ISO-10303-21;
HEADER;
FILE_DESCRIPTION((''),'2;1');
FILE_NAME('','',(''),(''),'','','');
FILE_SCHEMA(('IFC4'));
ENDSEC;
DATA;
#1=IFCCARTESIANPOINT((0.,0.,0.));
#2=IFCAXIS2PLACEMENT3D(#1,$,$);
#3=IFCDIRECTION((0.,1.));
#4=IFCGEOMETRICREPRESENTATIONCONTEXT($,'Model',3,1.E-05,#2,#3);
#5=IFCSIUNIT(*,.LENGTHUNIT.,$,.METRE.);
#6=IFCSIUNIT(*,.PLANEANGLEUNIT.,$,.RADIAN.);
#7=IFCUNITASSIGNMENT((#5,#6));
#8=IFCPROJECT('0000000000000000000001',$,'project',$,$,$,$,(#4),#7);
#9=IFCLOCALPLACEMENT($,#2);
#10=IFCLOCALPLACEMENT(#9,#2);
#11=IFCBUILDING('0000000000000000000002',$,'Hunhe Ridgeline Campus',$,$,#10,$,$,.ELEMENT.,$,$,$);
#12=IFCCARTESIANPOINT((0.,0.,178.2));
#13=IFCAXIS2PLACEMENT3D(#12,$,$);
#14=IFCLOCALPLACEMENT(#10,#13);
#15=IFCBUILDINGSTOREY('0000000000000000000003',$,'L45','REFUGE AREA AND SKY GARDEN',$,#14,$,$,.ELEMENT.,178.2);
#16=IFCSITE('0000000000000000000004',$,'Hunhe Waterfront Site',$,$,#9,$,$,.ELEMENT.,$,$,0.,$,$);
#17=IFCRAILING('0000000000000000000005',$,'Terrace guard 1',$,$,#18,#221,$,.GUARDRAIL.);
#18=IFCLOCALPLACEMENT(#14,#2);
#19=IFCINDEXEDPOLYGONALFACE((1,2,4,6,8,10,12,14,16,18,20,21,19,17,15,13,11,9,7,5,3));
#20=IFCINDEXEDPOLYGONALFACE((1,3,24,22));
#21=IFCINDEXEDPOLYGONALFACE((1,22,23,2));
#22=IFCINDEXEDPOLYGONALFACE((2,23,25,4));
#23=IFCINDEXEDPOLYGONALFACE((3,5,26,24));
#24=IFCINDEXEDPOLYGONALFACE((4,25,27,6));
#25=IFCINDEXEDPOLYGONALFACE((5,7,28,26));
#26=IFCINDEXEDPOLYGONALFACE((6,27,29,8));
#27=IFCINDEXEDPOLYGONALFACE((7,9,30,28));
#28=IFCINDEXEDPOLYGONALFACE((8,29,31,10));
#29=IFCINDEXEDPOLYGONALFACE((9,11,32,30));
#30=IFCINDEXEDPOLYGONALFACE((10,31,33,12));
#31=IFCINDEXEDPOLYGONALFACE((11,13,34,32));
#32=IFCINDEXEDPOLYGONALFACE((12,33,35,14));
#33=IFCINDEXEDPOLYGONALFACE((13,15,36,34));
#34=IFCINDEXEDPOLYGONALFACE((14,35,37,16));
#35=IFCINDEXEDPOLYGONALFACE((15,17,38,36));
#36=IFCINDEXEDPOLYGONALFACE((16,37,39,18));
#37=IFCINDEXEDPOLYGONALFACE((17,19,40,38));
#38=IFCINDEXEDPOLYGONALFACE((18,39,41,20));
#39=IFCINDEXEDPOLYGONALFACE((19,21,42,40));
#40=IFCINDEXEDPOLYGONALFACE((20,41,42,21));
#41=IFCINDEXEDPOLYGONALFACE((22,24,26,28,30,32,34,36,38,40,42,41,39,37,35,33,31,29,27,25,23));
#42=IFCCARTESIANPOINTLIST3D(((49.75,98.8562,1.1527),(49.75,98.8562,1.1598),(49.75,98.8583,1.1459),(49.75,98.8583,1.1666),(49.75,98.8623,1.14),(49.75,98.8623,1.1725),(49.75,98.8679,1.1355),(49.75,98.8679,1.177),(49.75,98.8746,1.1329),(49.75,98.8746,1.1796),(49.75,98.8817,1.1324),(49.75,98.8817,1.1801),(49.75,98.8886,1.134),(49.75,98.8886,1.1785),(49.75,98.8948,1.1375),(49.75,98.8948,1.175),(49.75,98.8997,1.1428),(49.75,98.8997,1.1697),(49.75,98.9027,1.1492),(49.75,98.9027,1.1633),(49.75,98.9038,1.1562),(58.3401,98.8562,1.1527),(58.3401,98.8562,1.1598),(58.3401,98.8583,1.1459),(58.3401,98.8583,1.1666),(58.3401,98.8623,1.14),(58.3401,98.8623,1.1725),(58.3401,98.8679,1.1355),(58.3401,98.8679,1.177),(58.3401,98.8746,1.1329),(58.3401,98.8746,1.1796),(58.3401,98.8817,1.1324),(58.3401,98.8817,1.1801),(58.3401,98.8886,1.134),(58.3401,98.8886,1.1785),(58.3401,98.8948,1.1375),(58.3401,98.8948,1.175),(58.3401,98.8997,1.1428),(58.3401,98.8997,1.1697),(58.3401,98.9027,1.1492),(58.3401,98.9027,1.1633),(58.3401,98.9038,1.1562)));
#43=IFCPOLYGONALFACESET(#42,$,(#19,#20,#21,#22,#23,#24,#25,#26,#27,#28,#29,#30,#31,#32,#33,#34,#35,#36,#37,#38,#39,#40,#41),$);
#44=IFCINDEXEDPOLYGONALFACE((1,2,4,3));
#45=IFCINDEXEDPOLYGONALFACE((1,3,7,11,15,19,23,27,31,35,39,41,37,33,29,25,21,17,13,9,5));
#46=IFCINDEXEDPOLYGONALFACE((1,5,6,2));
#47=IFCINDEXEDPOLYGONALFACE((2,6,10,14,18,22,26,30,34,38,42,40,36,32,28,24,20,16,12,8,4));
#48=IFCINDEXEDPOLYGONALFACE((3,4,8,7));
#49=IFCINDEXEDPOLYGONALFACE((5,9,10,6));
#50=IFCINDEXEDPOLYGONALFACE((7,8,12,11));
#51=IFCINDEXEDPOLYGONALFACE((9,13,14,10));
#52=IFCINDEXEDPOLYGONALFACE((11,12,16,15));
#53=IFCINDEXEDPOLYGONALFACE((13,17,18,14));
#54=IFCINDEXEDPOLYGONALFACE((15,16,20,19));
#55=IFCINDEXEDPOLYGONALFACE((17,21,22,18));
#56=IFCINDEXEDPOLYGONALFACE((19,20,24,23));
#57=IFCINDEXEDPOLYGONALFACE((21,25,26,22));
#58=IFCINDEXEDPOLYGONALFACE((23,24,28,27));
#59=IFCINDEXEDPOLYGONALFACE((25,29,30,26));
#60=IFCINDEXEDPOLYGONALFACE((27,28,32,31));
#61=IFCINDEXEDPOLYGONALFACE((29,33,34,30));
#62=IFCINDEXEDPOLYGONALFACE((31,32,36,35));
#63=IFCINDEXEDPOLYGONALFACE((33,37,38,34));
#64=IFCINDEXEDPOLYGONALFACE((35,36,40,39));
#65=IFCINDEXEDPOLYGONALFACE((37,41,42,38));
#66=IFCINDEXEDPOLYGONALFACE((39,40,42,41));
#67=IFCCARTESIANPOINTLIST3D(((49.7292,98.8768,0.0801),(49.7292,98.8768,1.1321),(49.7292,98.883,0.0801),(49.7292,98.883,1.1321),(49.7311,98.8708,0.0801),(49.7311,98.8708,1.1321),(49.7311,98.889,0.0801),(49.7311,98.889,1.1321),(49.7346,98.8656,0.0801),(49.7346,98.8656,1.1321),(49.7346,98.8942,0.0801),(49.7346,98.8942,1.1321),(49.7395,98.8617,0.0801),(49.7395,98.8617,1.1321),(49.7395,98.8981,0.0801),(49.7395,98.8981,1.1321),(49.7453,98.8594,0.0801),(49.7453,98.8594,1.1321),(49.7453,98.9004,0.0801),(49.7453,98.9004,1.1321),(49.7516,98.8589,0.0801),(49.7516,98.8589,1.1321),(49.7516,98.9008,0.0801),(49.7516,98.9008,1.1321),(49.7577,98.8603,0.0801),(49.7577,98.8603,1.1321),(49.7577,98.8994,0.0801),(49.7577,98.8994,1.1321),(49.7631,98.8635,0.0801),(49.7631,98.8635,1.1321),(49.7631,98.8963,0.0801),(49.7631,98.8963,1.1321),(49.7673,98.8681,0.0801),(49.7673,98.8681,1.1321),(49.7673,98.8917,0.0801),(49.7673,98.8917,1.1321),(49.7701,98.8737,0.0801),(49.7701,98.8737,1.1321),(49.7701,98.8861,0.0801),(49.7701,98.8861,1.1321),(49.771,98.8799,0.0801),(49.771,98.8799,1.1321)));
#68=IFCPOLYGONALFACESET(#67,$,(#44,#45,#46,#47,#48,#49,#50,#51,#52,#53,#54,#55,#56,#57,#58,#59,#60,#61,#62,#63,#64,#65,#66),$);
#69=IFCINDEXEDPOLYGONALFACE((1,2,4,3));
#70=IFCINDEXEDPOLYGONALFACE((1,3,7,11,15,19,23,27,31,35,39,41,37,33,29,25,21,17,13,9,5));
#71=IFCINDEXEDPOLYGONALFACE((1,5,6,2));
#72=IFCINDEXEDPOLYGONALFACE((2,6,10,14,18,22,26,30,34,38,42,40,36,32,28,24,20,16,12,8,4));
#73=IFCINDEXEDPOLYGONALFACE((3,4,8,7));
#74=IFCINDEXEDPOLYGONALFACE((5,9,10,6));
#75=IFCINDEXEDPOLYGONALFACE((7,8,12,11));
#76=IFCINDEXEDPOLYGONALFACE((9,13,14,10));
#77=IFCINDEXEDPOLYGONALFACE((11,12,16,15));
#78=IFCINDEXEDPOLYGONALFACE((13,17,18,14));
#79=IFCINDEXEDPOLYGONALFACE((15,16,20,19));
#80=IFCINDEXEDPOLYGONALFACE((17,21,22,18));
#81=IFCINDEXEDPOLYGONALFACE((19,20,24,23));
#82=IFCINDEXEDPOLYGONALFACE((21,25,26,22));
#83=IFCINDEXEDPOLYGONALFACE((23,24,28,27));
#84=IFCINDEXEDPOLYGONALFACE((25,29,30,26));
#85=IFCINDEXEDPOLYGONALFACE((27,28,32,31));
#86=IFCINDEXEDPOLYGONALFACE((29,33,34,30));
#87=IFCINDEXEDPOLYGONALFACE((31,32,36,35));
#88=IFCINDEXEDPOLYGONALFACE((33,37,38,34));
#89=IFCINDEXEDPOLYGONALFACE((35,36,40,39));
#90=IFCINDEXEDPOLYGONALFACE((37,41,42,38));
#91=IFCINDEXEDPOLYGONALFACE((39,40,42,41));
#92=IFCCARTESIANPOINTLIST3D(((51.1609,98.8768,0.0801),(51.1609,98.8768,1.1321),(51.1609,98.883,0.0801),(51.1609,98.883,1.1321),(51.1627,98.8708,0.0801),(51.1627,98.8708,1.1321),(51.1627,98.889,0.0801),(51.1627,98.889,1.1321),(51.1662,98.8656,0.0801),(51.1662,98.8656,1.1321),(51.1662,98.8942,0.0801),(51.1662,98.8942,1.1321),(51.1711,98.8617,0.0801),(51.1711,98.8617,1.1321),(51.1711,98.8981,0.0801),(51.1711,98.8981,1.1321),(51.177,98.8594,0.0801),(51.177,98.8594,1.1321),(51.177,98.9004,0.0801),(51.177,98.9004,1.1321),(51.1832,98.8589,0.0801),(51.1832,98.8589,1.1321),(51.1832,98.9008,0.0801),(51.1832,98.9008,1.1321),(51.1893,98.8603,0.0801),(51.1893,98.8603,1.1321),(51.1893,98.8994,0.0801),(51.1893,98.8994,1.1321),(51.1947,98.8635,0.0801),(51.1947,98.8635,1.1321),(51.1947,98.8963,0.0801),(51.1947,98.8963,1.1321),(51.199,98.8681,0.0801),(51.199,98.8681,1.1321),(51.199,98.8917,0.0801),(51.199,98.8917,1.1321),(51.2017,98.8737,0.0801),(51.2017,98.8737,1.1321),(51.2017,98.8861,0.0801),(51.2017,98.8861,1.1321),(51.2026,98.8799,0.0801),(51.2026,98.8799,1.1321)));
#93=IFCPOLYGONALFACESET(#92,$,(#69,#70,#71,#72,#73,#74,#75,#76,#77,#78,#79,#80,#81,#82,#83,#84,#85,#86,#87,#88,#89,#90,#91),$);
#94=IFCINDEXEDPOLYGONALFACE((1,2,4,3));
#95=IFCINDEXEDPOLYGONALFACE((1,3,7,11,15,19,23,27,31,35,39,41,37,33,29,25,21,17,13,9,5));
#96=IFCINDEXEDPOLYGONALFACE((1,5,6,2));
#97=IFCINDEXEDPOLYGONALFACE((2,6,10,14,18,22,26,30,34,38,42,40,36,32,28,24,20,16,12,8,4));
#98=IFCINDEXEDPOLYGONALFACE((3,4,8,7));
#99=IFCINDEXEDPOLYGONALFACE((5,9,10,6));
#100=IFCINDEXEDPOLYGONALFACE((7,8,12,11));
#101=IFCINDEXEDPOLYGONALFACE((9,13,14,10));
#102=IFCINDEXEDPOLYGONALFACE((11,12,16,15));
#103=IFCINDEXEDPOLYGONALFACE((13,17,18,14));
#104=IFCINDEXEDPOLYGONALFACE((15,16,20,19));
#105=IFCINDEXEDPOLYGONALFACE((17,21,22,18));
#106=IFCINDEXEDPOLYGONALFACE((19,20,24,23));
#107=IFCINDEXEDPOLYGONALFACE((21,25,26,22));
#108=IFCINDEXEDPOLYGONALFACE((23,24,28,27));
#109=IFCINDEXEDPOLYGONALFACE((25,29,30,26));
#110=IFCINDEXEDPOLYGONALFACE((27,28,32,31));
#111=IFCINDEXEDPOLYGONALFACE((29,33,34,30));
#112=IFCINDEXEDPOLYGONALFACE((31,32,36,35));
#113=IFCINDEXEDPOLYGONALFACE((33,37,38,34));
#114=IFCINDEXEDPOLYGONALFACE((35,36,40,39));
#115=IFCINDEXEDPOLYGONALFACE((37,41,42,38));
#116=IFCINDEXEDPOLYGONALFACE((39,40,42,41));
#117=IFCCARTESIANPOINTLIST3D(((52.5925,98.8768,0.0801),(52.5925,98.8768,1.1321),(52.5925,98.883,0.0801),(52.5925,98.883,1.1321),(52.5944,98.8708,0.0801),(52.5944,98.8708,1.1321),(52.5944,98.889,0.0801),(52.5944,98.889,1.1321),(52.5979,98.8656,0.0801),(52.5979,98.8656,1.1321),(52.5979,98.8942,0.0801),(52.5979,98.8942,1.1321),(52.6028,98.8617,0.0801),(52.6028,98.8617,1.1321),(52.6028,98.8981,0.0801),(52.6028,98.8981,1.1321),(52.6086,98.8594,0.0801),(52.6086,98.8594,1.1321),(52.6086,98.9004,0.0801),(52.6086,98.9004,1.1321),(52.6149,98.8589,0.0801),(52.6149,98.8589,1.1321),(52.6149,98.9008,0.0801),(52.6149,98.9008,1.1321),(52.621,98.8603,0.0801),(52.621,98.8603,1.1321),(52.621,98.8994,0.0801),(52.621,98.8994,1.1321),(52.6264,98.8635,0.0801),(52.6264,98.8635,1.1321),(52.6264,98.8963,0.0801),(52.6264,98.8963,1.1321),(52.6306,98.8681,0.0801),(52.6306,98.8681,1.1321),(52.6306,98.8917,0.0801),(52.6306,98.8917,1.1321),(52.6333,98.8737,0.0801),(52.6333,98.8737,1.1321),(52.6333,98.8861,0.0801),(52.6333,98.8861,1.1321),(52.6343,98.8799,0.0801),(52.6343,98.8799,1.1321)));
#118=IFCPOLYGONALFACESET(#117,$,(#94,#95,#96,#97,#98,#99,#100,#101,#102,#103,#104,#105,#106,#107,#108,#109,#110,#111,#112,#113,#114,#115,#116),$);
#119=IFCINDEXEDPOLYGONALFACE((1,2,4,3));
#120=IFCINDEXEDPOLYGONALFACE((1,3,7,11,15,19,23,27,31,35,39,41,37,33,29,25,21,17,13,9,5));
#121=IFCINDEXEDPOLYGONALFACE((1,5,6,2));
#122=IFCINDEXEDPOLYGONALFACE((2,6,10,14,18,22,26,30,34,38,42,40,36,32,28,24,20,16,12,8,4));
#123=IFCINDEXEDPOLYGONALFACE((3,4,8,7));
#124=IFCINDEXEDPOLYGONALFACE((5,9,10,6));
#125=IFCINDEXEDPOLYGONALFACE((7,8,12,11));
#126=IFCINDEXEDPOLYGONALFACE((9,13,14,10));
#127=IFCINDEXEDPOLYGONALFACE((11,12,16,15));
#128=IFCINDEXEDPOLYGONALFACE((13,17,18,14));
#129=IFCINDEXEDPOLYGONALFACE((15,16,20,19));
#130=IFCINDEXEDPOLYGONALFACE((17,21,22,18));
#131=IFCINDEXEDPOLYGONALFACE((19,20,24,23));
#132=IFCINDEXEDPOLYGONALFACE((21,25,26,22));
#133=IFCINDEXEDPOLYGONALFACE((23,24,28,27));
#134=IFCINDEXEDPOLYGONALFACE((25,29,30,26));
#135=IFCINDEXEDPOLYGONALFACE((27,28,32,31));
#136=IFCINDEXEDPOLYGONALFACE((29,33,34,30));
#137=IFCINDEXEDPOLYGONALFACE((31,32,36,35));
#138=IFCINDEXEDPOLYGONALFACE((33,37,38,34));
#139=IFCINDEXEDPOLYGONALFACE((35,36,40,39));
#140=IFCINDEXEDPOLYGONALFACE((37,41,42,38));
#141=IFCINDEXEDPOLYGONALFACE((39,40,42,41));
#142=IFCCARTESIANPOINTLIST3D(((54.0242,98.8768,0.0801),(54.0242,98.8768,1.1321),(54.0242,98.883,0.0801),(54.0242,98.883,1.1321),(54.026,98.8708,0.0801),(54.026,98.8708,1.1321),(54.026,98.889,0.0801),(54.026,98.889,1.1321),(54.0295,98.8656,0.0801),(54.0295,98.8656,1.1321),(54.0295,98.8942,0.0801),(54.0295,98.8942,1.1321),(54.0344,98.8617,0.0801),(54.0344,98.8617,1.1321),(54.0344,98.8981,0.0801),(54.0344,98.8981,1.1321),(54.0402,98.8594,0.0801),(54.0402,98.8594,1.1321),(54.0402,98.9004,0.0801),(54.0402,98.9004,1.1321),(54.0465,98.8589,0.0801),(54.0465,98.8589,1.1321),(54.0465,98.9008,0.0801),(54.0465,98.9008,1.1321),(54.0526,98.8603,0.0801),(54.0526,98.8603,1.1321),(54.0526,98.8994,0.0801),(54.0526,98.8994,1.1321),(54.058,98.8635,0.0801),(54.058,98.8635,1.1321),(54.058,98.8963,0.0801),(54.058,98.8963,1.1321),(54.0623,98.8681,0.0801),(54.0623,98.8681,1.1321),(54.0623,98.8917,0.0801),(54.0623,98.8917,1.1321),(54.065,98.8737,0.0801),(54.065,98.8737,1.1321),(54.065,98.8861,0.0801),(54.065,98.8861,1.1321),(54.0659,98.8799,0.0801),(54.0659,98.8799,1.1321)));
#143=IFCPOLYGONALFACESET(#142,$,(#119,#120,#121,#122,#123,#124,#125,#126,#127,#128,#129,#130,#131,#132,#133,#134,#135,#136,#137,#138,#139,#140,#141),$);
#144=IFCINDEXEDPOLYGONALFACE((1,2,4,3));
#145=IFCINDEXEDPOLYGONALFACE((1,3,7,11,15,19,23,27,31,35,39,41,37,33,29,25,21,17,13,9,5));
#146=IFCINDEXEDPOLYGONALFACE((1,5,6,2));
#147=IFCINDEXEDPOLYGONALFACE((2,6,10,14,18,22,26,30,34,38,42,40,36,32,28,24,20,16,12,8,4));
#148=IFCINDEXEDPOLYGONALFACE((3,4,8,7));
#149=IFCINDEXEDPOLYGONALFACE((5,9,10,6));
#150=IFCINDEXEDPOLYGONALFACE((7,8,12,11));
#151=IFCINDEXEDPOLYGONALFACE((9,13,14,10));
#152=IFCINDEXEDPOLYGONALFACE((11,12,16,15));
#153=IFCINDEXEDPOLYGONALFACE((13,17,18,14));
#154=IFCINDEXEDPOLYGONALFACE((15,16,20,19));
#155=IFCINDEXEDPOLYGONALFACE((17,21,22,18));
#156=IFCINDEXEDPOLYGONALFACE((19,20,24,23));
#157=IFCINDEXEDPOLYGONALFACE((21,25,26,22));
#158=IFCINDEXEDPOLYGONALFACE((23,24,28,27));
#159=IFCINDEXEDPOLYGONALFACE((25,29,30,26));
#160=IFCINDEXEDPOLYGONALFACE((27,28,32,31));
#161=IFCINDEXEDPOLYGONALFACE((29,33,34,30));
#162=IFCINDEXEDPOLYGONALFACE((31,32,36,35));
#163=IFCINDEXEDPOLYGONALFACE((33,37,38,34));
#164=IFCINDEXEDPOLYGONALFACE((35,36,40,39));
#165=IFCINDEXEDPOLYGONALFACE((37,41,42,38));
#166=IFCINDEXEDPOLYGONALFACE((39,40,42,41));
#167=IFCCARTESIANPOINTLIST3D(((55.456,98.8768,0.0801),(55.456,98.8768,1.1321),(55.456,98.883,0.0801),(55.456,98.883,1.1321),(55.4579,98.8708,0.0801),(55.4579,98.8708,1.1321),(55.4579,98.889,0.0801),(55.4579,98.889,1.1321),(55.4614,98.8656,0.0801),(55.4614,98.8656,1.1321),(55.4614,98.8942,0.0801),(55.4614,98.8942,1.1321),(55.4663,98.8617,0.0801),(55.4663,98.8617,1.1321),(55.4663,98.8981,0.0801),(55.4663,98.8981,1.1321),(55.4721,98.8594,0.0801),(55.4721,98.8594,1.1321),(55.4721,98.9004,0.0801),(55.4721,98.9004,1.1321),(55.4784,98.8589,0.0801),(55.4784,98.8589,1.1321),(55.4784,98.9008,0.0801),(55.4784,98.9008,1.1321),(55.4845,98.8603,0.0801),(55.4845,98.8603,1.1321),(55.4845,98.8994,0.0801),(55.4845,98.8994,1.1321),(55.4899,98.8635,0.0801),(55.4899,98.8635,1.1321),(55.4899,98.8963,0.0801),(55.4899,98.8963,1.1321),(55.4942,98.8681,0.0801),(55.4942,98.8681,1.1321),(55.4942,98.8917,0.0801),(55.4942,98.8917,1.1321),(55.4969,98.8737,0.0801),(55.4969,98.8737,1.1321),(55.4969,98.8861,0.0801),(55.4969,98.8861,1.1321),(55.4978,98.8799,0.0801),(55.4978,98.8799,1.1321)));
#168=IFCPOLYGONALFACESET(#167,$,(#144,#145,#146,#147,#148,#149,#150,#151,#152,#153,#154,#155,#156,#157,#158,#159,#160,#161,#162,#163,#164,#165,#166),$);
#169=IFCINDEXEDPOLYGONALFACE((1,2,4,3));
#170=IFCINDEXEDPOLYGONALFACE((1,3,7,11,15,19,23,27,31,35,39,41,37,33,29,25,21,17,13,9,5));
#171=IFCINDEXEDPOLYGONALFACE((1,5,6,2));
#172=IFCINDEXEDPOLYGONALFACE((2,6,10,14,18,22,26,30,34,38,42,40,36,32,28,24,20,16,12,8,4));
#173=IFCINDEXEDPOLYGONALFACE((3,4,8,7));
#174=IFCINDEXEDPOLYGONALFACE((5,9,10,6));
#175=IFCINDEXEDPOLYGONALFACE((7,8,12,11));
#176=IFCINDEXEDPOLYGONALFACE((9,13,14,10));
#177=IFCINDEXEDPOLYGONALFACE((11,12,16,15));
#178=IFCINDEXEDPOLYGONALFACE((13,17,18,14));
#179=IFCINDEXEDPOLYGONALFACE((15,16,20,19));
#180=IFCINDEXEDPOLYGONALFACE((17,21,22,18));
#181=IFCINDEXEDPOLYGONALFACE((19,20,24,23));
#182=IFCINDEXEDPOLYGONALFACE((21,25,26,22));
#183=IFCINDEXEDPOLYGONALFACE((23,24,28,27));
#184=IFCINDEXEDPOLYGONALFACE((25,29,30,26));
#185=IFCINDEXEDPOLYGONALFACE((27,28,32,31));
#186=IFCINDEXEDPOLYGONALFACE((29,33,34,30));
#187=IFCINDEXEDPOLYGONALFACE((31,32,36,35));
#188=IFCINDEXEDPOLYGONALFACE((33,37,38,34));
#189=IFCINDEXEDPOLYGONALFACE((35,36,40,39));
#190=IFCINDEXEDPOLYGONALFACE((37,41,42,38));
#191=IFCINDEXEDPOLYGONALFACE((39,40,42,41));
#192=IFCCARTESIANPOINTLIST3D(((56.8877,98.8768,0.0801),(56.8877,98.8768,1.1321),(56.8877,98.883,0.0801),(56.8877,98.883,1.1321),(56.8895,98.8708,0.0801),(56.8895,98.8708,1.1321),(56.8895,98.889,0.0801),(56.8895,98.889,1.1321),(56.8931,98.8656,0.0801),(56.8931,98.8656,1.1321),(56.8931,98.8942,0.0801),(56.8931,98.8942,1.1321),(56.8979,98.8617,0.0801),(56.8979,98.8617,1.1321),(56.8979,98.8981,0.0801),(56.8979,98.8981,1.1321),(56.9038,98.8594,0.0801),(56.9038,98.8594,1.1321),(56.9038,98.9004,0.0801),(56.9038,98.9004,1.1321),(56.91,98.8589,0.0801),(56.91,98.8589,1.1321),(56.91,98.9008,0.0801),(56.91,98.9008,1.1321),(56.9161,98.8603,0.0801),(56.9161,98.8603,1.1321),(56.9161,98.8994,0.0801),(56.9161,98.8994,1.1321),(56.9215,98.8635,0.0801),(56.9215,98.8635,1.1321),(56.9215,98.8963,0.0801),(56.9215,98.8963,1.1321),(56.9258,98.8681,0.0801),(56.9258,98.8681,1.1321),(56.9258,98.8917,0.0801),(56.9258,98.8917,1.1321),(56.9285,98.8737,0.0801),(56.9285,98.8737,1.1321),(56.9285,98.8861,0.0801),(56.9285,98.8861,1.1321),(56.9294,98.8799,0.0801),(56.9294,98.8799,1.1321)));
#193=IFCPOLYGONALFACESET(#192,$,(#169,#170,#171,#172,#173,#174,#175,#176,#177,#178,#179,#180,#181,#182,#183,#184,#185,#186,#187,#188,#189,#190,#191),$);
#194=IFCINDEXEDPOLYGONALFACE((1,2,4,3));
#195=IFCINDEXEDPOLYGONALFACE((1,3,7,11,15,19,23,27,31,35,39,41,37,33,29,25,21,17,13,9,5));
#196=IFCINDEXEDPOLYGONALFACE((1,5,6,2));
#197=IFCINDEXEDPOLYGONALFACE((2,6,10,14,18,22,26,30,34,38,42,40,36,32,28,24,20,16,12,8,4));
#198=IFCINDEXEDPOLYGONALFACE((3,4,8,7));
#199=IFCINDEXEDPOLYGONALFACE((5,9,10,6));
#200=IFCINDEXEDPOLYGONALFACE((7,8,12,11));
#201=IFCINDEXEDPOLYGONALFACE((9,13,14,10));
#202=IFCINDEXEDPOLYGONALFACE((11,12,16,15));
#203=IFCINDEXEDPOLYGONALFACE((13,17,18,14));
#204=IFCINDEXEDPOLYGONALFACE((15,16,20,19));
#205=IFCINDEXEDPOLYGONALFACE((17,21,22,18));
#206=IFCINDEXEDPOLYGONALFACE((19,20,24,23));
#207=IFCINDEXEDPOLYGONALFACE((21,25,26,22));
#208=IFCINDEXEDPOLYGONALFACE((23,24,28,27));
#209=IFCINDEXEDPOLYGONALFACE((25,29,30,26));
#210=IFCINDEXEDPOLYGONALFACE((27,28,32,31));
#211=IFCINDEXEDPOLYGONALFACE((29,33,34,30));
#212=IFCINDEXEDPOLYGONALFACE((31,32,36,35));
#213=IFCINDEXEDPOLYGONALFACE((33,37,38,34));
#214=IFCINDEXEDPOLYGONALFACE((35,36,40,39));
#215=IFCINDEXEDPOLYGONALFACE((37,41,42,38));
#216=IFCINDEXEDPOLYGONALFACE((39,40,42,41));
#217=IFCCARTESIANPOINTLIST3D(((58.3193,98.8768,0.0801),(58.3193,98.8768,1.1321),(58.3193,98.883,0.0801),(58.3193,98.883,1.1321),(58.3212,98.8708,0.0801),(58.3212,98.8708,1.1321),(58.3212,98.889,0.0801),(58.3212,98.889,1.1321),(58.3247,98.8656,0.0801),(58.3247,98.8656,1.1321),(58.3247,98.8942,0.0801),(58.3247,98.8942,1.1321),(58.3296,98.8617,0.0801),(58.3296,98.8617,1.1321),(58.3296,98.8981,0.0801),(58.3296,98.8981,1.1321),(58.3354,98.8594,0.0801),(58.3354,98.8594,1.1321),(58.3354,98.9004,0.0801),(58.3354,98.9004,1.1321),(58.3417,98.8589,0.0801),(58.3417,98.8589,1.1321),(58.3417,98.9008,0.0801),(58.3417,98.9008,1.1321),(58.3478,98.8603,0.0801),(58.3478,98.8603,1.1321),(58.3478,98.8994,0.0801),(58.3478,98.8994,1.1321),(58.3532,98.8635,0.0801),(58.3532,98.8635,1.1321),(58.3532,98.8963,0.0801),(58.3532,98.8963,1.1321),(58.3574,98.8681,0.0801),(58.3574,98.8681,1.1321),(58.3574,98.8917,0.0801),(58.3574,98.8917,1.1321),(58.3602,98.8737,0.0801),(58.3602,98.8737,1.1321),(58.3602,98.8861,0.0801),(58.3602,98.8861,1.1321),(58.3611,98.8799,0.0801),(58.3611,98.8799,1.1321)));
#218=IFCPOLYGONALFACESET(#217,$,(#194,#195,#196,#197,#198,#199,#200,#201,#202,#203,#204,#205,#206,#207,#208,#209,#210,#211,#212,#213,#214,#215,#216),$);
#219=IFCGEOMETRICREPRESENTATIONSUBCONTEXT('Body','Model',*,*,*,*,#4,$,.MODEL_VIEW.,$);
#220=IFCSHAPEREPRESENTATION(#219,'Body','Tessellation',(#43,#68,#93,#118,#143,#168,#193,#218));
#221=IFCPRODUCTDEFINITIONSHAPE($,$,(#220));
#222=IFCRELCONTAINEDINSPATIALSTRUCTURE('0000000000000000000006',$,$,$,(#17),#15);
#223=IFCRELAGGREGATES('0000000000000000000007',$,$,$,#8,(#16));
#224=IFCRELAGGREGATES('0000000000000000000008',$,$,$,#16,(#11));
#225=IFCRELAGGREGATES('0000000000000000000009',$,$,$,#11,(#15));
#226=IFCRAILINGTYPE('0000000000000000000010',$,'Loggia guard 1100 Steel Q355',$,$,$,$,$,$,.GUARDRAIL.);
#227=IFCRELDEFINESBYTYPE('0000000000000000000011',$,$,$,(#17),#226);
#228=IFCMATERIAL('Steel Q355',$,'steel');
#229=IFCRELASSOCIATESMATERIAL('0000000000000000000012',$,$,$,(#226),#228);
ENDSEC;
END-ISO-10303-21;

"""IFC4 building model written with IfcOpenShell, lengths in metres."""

from ifc_helpers import new_model, si_unit, direction, frame, origin, origin_2d, place, context, subcontext, project, spatial, circle, extrude, material, type_object, element, save


model = new_model("IFC4")

# Units and contexts
model_context = context("Model", 3, precision=1e-05, world=origin(), true_north=direction((0.0, 1.0)))
body_context = subcontext(model_context, "Body", "Model", "MODEL_VIEW")
ifc_project = project(units=[si_unit("LENGTHUNIT", "METRE"), si_unit("PLANEANGLEUNIT", "RADIAN")], contexts=[model_context])

# Site, building, storey
site_placement = place(None, origin())
site = spatial("IfcSite", under=ifc_project, at=site_placement, Name="Hunhe Waterfront Site", CompositionType="ELEMENT", RefElevation=0.0)
building_placement = place(site_placement, origin())
building = spatial("IfcBuilding", under=site, at=building_placement, Name="Hunhe Ridgeline Campus", CompositionType="ELEMENT")
storey_placement = place(building_placement, frame((0.0, 0.0, 178.2)))
storey = spatial("IfcBuildingStorey", under=building, at=storey_placement, Name="L45", Description="REFUGE AREA AND SKY GARDEN", CompositionType="ELEMENT", Elevation=178.2)

# Railing
ifc_material_1 = material(Name="Steel Q355", Category="steel")
railing_type_1 = type_object("IfcRailingType", Name="Loggia guard 1100 Steel Q355", PredefinedType="GUARDRAIL", material=ifc_material_1)
railing_1_placement = place(storey_placement, frame((49.75, 98.8799, 0.0801)))
element("IfcRailing", 1, at=railing_1_placement, inside=storey, type_object=railing_type_1, Name="Terrace guard 1", PredefinedType="GUARDRAIL", context=body_context, shape_type="SweptSolid", body=[
    extrude(circle(Radius=0.0239, at=origin_2d()), frame((0.0, 0.0, 1.0762), z_axis=(1.0, 0.0, 0.0), x_axis=(0.0, 1.0, 0.0)), (0.0, 0.0, 1.0), 8.5901),
    extrude(circle(Radius=0.021, at=origin_2d()), origin(), (0.0, 0.0, 1.0), 1.052),
    extrude(circle(Radius=0.021, at=origin_2d()), frame((1.4316, 0.0, 0.0)), (0.0, 0.0, 1.0), 1.052),
    extrude(circle(Radius=0.021, at=origin_2d()), frame((2.8633, 0.0, 0.0)), (0.0, 0.0, 1.0), 1.052),
    extrude(circle(Radius=0.021, at=origin_2d()), frame((4.2949, 0.0, 0.0)), (0.0, 0.0, 1.0), 1.052),
    extrude(circle(Radius=0.021, at=origin_2d()), frame((5.7268, 0.0, 0.0)), (0.0, 0.0, 1.0), 1.052),
    extrude(circle(Radius=0.021, at=origin_2d()), frame((7.1584, 0.0, 0.0)), (0.0, 0.0, 1.0), 1.052),
    extrude(circle(Radius=0.021, at=origin_2d()), frame((8.5901, 0.0, 0.0)), (0.0, 0.0, 1.0), 1.052),
])

save(model, "model.ifc")
